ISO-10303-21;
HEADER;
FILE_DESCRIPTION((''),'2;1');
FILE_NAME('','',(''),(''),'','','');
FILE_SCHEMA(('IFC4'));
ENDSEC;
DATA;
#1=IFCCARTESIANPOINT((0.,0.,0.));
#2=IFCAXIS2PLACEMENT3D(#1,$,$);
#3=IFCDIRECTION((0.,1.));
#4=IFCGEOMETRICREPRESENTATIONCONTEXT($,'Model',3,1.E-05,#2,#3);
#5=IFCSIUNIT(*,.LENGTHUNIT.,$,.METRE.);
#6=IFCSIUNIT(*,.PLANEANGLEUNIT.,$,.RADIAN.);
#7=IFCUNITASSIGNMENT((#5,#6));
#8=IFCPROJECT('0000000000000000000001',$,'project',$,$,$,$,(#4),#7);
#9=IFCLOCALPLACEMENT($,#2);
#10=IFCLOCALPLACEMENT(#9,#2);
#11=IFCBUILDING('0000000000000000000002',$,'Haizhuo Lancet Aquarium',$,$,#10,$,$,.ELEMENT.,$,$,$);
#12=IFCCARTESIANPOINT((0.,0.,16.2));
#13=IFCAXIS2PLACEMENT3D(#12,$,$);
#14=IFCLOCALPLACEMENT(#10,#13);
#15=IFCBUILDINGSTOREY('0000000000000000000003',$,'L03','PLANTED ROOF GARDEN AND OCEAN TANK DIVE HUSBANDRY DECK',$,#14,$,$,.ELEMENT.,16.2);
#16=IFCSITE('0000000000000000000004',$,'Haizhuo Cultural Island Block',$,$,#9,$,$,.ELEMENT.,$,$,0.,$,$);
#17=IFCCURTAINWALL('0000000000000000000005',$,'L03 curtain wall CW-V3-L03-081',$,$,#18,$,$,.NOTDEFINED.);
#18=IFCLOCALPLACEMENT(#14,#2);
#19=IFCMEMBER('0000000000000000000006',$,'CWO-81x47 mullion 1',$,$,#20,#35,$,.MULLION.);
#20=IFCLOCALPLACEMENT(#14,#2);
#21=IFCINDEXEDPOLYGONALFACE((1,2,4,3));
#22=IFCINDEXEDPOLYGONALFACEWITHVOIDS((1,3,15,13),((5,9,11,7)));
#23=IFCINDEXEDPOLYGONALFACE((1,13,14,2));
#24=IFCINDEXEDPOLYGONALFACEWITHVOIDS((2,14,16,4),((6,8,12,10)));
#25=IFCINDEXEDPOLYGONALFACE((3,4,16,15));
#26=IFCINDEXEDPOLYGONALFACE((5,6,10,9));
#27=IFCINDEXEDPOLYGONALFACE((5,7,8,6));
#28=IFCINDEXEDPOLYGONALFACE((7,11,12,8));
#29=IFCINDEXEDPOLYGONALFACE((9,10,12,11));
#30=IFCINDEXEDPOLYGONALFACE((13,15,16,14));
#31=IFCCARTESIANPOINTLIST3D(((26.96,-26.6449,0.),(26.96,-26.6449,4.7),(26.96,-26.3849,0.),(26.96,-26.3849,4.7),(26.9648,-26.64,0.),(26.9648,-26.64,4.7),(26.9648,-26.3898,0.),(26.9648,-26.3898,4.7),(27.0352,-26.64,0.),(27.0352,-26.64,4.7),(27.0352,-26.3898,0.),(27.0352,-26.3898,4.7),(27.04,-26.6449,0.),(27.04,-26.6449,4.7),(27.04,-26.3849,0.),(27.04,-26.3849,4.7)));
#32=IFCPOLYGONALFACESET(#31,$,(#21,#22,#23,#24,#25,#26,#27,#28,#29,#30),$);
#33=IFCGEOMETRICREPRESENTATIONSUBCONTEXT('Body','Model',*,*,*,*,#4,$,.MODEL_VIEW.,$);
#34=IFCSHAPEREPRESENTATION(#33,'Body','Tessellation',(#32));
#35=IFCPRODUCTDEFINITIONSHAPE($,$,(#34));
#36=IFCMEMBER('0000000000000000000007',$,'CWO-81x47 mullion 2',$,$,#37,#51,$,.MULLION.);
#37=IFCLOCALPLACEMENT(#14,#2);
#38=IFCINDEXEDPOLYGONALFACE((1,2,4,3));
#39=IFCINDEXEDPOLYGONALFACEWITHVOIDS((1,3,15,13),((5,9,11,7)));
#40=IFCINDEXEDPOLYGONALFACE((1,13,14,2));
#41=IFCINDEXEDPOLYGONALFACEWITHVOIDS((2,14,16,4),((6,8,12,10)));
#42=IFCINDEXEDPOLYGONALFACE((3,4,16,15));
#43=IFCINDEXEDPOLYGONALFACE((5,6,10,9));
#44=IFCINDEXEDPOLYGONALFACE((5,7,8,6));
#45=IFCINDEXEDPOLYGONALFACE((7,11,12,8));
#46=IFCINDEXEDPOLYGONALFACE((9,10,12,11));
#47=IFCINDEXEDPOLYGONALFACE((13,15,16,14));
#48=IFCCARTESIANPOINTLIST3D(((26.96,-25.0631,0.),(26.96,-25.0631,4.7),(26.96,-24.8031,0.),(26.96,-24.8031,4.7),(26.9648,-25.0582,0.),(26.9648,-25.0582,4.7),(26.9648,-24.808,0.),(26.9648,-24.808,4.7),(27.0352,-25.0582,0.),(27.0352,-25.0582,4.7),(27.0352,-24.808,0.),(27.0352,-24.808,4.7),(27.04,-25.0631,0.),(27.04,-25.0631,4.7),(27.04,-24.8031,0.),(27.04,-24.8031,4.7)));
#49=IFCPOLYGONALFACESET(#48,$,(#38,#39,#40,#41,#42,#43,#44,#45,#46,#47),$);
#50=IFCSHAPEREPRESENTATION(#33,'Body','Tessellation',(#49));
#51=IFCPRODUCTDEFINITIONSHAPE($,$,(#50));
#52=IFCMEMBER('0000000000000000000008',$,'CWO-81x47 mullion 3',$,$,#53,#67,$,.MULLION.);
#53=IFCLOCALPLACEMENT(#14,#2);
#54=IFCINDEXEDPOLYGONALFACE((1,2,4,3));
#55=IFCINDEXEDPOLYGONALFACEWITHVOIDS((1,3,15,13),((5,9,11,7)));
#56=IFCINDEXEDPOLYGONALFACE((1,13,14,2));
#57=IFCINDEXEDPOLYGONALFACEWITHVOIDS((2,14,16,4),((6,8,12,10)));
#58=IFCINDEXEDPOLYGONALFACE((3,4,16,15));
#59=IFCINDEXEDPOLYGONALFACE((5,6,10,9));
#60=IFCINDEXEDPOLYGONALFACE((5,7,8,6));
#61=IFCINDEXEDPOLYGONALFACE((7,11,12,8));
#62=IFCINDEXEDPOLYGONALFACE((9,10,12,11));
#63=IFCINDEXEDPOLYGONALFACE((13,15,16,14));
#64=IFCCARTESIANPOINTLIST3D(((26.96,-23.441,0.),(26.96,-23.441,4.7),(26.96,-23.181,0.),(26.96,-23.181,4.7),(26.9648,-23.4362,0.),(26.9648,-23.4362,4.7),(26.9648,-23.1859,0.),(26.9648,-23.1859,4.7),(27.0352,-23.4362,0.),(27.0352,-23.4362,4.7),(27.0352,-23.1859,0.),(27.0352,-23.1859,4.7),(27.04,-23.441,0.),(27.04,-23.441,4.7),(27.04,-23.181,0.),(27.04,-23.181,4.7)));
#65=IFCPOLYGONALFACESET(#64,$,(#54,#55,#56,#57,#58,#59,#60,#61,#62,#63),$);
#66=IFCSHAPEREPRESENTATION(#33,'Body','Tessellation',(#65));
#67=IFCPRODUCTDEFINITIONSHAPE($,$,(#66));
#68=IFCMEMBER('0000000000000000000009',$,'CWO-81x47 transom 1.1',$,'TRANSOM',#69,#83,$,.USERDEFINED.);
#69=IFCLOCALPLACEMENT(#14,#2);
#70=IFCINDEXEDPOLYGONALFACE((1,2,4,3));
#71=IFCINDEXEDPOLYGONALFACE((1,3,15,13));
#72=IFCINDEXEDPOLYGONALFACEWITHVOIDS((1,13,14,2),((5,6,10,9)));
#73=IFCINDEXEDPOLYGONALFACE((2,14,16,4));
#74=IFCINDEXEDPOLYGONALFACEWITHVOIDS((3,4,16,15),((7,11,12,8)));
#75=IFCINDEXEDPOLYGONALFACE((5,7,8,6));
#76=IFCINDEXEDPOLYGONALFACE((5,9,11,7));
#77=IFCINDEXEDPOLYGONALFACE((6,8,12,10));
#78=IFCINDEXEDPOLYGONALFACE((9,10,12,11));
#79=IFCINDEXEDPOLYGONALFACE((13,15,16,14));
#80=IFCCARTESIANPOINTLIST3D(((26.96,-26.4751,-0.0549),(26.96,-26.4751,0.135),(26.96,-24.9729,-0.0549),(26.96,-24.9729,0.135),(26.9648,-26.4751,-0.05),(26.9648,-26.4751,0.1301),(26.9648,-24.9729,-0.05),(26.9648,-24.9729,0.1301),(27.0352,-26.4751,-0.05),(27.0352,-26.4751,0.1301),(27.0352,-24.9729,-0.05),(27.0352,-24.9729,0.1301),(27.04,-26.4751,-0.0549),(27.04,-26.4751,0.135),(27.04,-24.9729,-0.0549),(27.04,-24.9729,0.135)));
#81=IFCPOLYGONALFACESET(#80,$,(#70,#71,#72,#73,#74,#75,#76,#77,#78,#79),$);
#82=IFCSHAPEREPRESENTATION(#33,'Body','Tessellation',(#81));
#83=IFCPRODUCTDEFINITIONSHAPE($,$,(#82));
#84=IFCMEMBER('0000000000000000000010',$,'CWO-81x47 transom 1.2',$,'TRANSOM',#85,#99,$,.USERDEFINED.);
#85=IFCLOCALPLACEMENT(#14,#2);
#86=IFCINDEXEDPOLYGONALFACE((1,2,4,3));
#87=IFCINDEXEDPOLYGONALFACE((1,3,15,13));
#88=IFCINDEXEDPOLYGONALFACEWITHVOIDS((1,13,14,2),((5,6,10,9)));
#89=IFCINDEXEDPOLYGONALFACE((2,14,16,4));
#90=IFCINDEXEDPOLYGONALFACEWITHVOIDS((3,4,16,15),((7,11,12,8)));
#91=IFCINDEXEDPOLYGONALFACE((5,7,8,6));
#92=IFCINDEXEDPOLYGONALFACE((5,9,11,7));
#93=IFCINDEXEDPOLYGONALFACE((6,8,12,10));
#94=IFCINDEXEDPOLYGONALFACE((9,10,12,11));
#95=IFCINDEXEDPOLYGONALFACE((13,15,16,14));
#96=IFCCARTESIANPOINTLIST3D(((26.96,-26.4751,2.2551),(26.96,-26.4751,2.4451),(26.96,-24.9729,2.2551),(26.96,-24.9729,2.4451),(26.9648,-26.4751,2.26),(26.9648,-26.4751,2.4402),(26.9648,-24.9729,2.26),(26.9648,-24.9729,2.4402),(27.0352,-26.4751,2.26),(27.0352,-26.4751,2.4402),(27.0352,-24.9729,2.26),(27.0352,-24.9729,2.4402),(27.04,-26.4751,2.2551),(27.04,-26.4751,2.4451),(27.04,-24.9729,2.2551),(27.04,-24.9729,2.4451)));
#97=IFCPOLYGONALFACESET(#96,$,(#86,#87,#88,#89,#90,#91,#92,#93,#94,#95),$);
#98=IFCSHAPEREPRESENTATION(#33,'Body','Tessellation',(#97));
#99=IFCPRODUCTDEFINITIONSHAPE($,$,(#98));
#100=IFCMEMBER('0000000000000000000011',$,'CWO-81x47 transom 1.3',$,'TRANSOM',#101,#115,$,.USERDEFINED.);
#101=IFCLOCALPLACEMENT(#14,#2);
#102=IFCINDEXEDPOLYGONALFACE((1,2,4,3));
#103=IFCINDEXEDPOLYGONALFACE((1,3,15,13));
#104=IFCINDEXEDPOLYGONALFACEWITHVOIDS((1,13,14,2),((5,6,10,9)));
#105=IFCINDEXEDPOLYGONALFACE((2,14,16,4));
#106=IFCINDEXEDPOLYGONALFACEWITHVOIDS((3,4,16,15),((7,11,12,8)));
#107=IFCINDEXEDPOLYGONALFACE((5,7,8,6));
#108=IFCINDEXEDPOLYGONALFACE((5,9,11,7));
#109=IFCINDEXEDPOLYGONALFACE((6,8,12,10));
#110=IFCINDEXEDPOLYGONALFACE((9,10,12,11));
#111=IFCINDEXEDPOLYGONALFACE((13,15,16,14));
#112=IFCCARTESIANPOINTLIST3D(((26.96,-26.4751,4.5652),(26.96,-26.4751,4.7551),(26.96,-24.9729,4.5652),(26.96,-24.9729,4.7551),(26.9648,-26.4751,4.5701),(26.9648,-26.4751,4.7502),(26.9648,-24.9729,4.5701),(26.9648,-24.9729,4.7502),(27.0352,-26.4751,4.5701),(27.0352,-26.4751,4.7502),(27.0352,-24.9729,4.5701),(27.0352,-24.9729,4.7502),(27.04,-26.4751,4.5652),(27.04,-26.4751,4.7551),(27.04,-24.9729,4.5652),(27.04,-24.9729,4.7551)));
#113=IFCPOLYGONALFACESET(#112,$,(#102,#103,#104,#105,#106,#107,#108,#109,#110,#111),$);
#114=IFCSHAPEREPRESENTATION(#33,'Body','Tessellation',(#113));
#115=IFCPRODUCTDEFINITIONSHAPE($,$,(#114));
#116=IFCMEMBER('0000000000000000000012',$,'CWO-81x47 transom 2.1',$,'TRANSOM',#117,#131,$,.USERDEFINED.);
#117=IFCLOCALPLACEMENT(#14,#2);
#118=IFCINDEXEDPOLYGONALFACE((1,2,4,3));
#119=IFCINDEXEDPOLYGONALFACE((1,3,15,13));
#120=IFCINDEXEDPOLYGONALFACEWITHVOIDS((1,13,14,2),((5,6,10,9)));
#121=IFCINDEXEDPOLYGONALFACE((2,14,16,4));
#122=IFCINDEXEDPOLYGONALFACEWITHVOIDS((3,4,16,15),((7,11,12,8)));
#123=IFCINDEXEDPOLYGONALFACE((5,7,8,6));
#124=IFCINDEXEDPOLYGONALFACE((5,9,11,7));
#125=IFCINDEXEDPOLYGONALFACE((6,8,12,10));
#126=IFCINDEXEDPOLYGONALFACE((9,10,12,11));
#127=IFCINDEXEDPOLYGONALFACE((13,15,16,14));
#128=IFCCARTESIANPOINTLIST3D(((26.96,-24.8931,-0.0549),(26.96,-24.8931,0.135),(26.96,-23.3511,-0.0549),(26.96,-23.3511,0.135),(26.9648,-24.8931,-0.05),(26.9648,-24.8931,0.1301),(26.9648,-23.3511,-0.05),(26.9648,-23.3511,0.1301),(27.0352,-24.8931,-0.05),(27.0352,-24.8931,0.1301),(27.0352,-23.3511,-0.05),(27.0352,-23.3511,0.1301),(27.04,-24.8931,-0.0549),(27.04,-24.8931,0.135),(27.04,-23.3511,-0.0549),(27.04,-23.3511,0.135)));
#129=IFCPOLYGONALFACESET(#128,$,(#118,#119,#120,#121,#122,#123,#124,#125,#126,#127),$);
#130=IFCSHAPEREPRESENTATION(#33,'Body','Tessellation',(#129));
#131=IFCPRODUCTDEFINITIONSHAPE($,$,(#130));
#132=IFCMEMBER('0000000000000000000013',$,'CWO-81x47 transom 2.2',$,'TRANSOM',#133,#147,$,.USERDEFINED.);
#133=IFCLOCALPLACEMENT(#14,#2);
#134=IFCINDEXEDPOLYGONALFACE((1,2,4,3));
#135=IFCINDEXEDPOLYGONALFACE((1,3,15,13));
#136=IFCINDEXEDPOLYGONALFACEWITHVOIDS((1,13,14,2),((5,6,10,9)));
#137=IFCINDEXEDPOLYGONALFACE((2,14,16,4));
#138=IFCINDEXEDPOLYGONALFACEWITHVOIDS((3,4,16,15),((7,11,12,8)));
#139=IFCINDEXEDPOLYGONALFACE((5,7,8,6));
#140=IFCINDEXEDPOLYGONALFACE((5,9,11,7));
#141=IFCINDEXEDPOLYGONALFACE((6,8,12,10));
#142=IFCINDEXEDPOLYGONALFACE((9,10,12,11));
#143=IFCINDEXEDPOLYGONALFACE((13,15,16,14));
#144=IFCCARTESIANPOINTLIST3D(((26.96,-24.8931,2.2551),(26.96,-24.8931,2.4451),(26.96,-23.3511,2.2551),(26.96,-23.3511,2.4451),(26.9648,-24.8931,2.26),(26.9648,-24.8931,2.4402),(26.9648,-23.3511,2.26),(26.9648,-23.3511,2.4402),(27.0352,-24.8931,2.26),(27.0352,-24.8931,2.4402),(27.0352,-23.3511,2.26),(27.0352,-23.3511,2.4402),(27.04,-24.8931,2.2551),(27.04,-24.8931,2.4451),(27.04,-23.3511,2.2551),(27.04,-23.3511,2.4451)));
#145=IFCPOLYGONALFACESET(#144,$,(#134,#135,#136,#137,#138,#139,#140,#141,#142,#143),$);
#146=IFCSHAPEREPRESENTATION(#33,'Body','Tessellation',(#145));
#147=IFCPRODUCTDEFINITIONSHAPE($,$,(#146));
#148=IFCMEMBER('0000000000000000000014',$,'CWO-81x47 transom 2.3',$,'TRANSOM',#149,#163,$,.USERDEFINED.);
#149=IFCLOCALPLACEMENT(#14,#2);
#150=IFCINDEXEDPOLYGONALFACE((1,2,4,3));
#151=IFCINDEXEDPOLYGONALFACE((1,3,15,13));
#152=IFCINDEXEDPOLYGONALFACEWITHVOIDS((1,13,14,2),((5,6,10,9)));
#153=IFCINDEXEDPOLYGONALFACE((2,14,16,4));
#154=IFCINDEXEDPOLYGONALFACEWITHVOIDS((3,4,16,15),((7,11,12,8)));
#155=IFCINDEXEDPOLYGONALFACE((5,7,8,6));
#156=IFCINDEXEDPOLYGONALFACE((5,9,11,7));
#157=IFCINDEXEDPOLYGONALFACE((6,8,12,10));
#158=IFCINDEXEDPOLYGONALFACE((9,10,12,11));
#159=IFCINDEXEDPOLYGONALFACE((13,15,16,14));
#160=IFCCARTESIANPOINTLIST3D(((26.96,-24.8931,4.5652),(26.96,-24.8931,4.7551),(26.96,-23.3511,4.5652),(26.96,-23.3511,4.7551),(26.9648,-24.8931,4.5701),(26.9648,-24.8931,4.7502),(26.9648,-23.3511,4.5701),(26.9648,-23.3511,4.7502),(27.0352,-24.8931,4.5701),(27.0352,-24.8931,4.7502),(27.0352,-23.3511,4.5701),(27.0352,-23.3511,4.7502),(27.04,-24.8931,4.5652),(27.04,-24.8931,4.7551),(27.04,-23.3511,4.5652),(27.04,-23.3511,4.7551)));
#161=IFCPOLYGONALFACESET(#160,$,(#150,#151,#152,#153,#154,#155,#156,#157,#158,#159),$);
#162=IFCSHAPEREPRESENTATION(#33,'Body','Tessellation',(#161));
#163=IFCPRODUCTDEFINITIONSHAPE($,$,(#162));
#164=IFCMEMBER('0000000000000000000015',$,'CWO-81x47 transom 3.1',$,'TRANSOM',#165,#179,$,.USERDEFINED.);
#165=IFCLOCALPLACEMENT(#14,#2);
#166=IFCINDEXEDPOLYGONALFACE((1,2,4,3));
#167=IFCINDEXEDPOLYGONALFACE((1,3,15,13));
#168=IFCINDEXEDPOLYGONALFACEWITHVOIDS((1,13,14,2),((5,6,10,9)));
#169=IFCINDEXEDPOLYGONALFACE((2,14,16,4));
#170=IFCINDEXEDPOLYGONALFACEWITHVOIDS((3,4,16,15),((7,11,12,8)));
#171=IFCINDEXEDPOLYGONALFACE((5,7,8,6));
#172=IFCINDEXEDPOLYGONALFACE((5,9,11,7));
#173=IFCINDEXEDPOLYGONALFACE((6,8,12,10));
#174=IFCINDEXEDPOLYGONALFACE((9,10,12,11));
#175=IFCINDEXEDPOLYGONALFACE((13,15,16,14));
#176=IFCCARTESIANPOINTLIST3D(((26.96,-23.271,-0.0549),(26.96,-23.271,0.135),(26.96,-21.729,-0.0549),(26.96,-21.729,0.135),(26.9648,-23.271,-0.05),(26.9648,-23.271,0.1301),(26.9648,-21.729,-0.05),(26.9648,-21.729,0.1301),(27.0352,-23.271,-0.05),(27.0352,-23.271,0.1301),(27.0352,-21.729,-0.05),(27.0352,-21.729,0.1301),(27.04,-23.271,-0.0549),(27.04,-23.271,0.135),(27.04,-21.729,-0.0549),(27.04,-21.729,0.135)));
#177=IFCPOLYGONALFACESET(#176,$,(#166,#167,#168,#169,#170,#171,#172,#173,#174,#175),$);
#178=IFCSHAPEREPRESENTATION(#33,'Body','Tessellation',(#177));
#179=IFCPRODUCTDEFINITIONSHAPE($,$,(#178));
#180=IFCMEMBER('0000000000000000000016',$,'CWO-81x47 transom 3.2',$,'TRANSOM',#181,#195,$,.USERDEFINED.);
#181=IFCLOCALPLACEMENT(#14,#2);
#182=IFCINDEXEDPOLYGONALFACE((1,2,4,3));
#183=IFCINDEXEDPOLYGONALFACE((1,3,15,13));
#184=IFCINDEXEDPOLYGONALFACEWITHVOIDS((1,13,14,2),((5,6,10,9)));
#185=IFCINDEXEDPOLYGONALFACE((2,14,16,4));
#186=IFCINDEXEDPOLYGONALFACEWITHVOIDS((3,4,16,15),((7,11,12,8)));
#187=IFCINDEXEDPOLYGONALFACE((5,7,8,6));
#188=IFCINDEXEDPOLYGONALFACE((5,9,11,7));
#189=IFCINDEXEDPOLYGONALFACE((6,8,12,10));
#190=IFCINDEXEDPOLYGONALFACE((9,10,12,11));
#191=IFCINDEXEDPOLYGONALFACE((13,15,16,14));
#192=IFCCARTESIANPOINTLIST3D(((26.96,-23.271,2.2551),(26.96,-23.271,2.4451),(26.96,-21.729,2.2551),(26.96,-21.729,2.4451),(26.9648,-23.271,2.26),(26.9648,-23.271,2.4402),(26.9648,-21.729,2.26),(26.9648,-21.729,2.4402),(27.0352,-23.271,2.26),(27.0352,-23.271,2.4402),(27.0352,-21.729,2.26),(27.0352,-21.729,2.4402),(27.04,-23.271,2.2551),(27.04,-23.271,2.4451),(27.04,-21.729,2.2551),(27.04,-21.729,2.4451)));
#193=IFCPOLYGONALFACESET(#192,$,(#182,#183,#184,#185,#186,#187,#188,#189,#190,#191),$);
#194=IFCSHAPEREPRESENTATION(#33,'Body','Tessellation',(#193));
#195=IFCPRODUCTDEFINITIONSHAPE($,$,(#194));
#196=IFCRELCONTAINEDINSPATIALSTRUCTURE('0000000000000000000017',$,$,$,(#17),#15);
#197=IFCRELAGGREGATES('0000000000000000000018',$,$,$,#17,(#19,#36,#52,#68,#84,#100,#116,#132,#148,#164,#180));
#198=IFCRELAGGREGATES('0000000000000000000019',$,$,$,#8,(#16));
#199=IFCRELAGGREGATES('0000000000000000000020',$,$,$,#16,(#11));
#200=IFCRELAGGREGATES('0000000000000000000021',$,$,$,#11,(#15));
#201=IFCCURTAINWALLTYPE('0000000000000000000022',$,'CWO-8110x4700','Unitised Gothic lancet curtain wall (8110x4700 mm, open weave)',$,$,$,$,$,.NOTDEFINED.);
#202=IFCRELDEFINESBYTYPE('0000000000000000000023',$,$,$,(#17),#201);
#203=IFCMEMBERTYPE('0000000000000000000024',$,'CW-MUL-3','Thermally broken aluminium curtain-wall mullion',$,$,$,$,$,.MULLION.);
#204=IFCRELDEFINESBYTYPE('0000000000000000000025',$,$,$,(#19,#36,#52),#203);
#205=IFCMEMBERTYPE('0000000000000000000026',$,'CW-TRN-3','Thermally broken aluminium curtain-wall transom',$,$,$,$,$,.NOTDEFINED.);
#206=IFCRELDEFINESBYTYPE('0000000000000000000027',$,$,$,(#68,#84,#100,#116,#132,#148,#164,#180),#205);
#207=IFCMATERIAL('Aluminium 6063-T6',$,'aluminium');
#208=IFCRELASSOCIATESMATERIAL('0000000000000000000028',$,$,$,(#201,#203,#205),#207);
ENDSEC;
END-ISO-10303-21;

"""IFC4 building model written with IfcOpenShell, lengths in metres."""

from ifc_helpers import new_model, si_unit, direction, frame, origin, origin_2d, place, context, subcontext, project, spatial, hollow_rectangle, extrude, material, material_profile, profile_set, type_object, element, aggregate, save


model = new_model("IFC4")

# Units and contexts
model_context = context("Model", 3, precision=1e-05, world=origin(), true_north=direction((0.0, 1.0)))
body_context = subcontext(model_context, "Body", "Model", "MODEL_VIEW")
ifc_project = project(units=[si_unit("LENGTHUNIT", "METRE"), si_unit("PLANEANGLEUNIT", "RADIAN")], contexts=[model_context])

# Site, building, storey
site_placement = place(None, origin())
site = spatial("IfcSite", under=ifc_project, at=site_placement, Name="Haizhuo Cultural Island Block", CompositionType="ELEMENT", RefElevation=0.0)
building_placement = place(site_placement, origin())
building = spatial("IfcBuilding", under=site, at=building_placement, Name="Haizhuo Lancet Aquarium", CompositionType="ELEMENT")
storey_placement = place(building_placement, frame((0.0, 0.0, 16.2)))
storey = spatial("IfcBuildingStorey", under=building, at=storey_placement, Name="L03", Description="PLANTED ROOF GARDEN AND OCEAN TANK DIVE HUSBANDRY DECK", CompositionType="ELEMENT", Elevation=16.2)

# Curtain wall, members
ifc_material_1 = material(Name="Aluminium 6063-T6", Category="aluminium")
curtain_wall_type = type_object("IfcCurtainWallType", Name="CWO-8110x4700", Description="Unitised Gothic lancet curtain wall (8110x4700 mm, open weave)", PredefinedType="NOTDEFINED", material=ifc_material_1)
curtain_wall_placement = place(storey_placement, origin())
curtain_wall = element("IfcCurtainWall", 1, at=curtain_wall_placement, inside=storey, type_object=curtain_wall_type, Name="L03 curtain wall CW-V3-L03-081", PredefinedType="NOTDEFINED")
ifc_material_profile_1 = material_profile(ifc_material_1, hollow_rectangle(XDim=0.0801, YDim=0.26, WallThickness=0.0049, at=origin_2d()), Name="ALU-M 80x260x5")
ifc_profile_set_1 = profile_set([ifc_material_profile_1], Name="Aluminium 6063-T6")
member_type_1 = type_object("IfcMemberType", Name="CW-MUL-3", Description="Thermally broken aluminium curtain-wall mullion", PredefinedType="MULLION", material=ifc_profile_set_1)
member_1_placement = place(storey_placement, frame((27.0, -26.5149, 0.0), z_axis=(0.0, 0.0, 1.0), x_axis=(-1.0, 0.0, 0.0)))
member_1 = element("IfcMember", 2, at=member_1_placement, type_object=member_type_1, Name="CWO-81x47 mullion 1", PredefinedType="MULLION", context=body_context, shape_type="SweptSolid", body=[
    extrude(hollow_rectangle(XDim=0.0801, YDim=0.26, WallThickness=0.0049, at=origin_2d()), origin(), (0.0, 0.0, 1.0), 4.7),
])
member_2_placement = place(storey_placement, frame((27.0, -24.9331, 0.0), z_axis=(0.0, 0.0, 1.0), x_axis=(-1.0, 0.0, 0.0)))
member_2 = element("IfcMember", 3, at=member_2_placement, type_object=member_type_1, Name="CWO-81x47 mullion 2", PredefinedType="MULLION", context=body_context, shape_type="SweptSolid", body=[
    extrude(hollow_rectangle(XDim=0.0801, YDim=0.26, WallThickness=0.0049, at=origin_2d()), origin(), (0.0, 0.0, 1.0), 4.7),
])
member_3_placement = place(storey_placement, frame((27.0, -23.311, 0.0), z_axis=(0.0, 0.0, 1.0), x_axis=(-1.0, 0.0, 0.0)))
member_3 = element("IfcMember", 4, at=member_3_placement, type_object=member_type_1, Name="CWO-81x47 mullion 3", PredefinedType="MULLION", context=body_context, shape_type="SweptSolid", body=[
    extrude(hollow_rectangle(XDim=0.0801, YDim=0.26, WallThickness=0.0049, at=origin_2d()), origin(), (0.0, 0.0, 1.0), 4.7),
])
ifc_material_profile_2 = material_profile(ifc_material_1, hollow_rectangle(XDim=0.0801, YDim=0.1899, WallThickness=0.0049, at=origin_2d()), Name="ALU-T 80x190x5")
ifc_profile_set_2 = profile_set([ifc_material_profile_2], Name="Aluminium 6063-T6")
member_type_2 = type_object("IfcMemberType", Name="CW-TRN-3", Description="Thermally broken aluminium curtain-wall transom", PredefinedType="NOTDEFINED", material=ifc_profile_set_2)
member_4_placement = place(storey_placement, frame((27.0, -26.4751, 0.04), z_axis=(0.0, 1.0, 0.0), x_axis=(-1.0, 0.0, 0.0)))
member_4 = element("IfcMember", 5, at=member_4_placement, type_object=member_type_2, Name="CWO-81x47 transom 1.1", ObjectType="TRANSOM", PredefinedType="USERDEFINED", context=body_context, shape_type="SweptSolid", body=[
    extrude(hollow_rectangle(XDim=0.0801, YDim=0.1899, WallThickness=0.0049, at=origin_2d()), origin(), (0.0, 0.0, 1.0), 1.5022),
])
member_5_placement = place(storey_placement, frame((27.0, -26.4751, 2.3501), z_axis=(0.0, 1.0, 0.0), x_axis=(-1.0, 0.0, 0.0)))
member_5 = element("IfcMember", 6, at=member_5_placement, type_object=member_type_2, Name="CWO-81x47 transom 1.2", ObjectType="TRANSOM", PredefinedType="USERDEFINED", context=body_context, shape_type="SweptSolid", body=[
    extrude(hollow_rectangle(XDim=0.0801, YDim=0.1899, WallThickness=0.0049, at=origin_2d()), origin(), (0.0, 0.0, 1.0), 1.5022),
])
member_6_placement = place(storey_placement, frame((27.0, -26.4751, 4.6602), z_axis=(0.0, 1.0, 0.0), x_axis=(-1.0, 0.0, 0.0)))
member_6 = element("IfcMember", 7, at=member_6_placement, type_object=member_type_2, Name="CWO-81x47 transom 1.3", ObjectType="TRANSOM", PredefinedType="USERDEFINED", context=body_context, shape_type="SweptSolid", body=[
    extrude(hollow_rectangle(XDim=0.0801, YDim=0.1899, WallThickness=0.0049, at=origin_2d()), origin(), (0.0, 0.0, 1.0), 1.5022),
])
member_7_placement = place(storey_placement, frame((27.0, -24.8931, 0.04), z_axis=(0.0, 1.0, 0.0), x_axis=(-1.0, 0.0, 0.0)))
member_7 = element("IfcMember", 8, at=member_7_placement, type_object=member_type_2, Name="CWO-81x47 transom 2.1", ObjectType="TRANSOM", PredefinedType="USERDEFINED", context=body_context, shape_type="SweptSolid", body=[
    extrude(hollow_rectangle(XDim=0.0801, YDim=0.1899, WallThickness=0.0049, at=origin_2d()), origin(), (0.0, 0.0, 1.0), 1.542),
])
member_8_placement = place(storey_placement, frame((27.0, -24.8931, 2.3501), z_axis=(0.0, 1.0, 0.0), x_axis=(-1.0, 0.0, 0.0)))
member_8 = element("IfcMember", 9, at=member_8_placement, type_object=member_type_2, Name="CWO-81x47 transom 2.2", ObjectType="TRANSOM", PredefinedType="USERDEFINED", context=body_context, shape_type="SweptSolid", body=[
    extrude(hollow_rectangle(XDim=0.0801, YDim=0.1899, WallThickness=0.0049, at=origin_2d()), origin(), (0.0, 0.0, 1.0), 1.542),
])
member_9_placement = place(storey_placement, frame((27.0, -24.8931, 4.6602), z_axis=(0.0, 1.0, 0.0), x_axis=(-1.0, 0.0, 0.0)))
member_9 = element("IfcMember", 10, at=member_9_placement, type_object=member_type_2, Name="CWO-81x47 transom 2.3", ObjectType="TRANSOM", PredefinedType="USERDEFINED", context=body_context, shape_type="SweptSolid", body=[
    extrude(hollow_rectangle(XDim=0.0801, YDim=0.1899, WallThickness=0.0049, at=origin_2d()), origin(), (0.0, 0.0, 1.0), 1.542),
])
member_10_placement = place(storey_placement, frame((27.0, -23.271, 0.04), z_axis=(0.0, 1.0, 0.0), x_axis=(-1.0, 0.0, 0.0)))
member_10 = element("IfcMember", 11, at=member_10_placement, type_object=member_type_2, Name="CWO-81x47 transom 3.1", ObjectType="TRANSOM", PredefinedType="USERDEFINED", context=body_context, shape_type="SweptSolid", body=[
    extrude(hollow_rectangle(XDim=0.0801, YDim=0.1899, WallThickness=0.0049, at=origin_2d()), origin(), (0.0, 0.0, 1.0), 1.542),
])
member_11_placement = place(storey_placement, frame((27.0, -23.271, 2.3501), z_axis=(0.0, 1.0, 0.0), x_axis=(-1.0, 0.0, 0.0)))
member_11 = element("IfcMember", 12, at=member_11_placement, type_object=member_type_2, Name="CWO-81x47 transom 3.2", ObjectType="TRANSOM", PredefinedType="USERDEFINED", context=body_context, shape_type="SweptSolid", body=[
    extrude(hollow_rectangle(XDim=0.0801, YDim=0.1899, WallThickness=0.0049, at=origin_2d()), origin(), (0.0, 0.0, 1.0), 1.542),
])

aggregate(curtain_wall, [member_1, member_2, member_3, member_4, member_5, member_6, member_7, member_8, member_9, member_10, member_11])

save(model, "model.ifc")
